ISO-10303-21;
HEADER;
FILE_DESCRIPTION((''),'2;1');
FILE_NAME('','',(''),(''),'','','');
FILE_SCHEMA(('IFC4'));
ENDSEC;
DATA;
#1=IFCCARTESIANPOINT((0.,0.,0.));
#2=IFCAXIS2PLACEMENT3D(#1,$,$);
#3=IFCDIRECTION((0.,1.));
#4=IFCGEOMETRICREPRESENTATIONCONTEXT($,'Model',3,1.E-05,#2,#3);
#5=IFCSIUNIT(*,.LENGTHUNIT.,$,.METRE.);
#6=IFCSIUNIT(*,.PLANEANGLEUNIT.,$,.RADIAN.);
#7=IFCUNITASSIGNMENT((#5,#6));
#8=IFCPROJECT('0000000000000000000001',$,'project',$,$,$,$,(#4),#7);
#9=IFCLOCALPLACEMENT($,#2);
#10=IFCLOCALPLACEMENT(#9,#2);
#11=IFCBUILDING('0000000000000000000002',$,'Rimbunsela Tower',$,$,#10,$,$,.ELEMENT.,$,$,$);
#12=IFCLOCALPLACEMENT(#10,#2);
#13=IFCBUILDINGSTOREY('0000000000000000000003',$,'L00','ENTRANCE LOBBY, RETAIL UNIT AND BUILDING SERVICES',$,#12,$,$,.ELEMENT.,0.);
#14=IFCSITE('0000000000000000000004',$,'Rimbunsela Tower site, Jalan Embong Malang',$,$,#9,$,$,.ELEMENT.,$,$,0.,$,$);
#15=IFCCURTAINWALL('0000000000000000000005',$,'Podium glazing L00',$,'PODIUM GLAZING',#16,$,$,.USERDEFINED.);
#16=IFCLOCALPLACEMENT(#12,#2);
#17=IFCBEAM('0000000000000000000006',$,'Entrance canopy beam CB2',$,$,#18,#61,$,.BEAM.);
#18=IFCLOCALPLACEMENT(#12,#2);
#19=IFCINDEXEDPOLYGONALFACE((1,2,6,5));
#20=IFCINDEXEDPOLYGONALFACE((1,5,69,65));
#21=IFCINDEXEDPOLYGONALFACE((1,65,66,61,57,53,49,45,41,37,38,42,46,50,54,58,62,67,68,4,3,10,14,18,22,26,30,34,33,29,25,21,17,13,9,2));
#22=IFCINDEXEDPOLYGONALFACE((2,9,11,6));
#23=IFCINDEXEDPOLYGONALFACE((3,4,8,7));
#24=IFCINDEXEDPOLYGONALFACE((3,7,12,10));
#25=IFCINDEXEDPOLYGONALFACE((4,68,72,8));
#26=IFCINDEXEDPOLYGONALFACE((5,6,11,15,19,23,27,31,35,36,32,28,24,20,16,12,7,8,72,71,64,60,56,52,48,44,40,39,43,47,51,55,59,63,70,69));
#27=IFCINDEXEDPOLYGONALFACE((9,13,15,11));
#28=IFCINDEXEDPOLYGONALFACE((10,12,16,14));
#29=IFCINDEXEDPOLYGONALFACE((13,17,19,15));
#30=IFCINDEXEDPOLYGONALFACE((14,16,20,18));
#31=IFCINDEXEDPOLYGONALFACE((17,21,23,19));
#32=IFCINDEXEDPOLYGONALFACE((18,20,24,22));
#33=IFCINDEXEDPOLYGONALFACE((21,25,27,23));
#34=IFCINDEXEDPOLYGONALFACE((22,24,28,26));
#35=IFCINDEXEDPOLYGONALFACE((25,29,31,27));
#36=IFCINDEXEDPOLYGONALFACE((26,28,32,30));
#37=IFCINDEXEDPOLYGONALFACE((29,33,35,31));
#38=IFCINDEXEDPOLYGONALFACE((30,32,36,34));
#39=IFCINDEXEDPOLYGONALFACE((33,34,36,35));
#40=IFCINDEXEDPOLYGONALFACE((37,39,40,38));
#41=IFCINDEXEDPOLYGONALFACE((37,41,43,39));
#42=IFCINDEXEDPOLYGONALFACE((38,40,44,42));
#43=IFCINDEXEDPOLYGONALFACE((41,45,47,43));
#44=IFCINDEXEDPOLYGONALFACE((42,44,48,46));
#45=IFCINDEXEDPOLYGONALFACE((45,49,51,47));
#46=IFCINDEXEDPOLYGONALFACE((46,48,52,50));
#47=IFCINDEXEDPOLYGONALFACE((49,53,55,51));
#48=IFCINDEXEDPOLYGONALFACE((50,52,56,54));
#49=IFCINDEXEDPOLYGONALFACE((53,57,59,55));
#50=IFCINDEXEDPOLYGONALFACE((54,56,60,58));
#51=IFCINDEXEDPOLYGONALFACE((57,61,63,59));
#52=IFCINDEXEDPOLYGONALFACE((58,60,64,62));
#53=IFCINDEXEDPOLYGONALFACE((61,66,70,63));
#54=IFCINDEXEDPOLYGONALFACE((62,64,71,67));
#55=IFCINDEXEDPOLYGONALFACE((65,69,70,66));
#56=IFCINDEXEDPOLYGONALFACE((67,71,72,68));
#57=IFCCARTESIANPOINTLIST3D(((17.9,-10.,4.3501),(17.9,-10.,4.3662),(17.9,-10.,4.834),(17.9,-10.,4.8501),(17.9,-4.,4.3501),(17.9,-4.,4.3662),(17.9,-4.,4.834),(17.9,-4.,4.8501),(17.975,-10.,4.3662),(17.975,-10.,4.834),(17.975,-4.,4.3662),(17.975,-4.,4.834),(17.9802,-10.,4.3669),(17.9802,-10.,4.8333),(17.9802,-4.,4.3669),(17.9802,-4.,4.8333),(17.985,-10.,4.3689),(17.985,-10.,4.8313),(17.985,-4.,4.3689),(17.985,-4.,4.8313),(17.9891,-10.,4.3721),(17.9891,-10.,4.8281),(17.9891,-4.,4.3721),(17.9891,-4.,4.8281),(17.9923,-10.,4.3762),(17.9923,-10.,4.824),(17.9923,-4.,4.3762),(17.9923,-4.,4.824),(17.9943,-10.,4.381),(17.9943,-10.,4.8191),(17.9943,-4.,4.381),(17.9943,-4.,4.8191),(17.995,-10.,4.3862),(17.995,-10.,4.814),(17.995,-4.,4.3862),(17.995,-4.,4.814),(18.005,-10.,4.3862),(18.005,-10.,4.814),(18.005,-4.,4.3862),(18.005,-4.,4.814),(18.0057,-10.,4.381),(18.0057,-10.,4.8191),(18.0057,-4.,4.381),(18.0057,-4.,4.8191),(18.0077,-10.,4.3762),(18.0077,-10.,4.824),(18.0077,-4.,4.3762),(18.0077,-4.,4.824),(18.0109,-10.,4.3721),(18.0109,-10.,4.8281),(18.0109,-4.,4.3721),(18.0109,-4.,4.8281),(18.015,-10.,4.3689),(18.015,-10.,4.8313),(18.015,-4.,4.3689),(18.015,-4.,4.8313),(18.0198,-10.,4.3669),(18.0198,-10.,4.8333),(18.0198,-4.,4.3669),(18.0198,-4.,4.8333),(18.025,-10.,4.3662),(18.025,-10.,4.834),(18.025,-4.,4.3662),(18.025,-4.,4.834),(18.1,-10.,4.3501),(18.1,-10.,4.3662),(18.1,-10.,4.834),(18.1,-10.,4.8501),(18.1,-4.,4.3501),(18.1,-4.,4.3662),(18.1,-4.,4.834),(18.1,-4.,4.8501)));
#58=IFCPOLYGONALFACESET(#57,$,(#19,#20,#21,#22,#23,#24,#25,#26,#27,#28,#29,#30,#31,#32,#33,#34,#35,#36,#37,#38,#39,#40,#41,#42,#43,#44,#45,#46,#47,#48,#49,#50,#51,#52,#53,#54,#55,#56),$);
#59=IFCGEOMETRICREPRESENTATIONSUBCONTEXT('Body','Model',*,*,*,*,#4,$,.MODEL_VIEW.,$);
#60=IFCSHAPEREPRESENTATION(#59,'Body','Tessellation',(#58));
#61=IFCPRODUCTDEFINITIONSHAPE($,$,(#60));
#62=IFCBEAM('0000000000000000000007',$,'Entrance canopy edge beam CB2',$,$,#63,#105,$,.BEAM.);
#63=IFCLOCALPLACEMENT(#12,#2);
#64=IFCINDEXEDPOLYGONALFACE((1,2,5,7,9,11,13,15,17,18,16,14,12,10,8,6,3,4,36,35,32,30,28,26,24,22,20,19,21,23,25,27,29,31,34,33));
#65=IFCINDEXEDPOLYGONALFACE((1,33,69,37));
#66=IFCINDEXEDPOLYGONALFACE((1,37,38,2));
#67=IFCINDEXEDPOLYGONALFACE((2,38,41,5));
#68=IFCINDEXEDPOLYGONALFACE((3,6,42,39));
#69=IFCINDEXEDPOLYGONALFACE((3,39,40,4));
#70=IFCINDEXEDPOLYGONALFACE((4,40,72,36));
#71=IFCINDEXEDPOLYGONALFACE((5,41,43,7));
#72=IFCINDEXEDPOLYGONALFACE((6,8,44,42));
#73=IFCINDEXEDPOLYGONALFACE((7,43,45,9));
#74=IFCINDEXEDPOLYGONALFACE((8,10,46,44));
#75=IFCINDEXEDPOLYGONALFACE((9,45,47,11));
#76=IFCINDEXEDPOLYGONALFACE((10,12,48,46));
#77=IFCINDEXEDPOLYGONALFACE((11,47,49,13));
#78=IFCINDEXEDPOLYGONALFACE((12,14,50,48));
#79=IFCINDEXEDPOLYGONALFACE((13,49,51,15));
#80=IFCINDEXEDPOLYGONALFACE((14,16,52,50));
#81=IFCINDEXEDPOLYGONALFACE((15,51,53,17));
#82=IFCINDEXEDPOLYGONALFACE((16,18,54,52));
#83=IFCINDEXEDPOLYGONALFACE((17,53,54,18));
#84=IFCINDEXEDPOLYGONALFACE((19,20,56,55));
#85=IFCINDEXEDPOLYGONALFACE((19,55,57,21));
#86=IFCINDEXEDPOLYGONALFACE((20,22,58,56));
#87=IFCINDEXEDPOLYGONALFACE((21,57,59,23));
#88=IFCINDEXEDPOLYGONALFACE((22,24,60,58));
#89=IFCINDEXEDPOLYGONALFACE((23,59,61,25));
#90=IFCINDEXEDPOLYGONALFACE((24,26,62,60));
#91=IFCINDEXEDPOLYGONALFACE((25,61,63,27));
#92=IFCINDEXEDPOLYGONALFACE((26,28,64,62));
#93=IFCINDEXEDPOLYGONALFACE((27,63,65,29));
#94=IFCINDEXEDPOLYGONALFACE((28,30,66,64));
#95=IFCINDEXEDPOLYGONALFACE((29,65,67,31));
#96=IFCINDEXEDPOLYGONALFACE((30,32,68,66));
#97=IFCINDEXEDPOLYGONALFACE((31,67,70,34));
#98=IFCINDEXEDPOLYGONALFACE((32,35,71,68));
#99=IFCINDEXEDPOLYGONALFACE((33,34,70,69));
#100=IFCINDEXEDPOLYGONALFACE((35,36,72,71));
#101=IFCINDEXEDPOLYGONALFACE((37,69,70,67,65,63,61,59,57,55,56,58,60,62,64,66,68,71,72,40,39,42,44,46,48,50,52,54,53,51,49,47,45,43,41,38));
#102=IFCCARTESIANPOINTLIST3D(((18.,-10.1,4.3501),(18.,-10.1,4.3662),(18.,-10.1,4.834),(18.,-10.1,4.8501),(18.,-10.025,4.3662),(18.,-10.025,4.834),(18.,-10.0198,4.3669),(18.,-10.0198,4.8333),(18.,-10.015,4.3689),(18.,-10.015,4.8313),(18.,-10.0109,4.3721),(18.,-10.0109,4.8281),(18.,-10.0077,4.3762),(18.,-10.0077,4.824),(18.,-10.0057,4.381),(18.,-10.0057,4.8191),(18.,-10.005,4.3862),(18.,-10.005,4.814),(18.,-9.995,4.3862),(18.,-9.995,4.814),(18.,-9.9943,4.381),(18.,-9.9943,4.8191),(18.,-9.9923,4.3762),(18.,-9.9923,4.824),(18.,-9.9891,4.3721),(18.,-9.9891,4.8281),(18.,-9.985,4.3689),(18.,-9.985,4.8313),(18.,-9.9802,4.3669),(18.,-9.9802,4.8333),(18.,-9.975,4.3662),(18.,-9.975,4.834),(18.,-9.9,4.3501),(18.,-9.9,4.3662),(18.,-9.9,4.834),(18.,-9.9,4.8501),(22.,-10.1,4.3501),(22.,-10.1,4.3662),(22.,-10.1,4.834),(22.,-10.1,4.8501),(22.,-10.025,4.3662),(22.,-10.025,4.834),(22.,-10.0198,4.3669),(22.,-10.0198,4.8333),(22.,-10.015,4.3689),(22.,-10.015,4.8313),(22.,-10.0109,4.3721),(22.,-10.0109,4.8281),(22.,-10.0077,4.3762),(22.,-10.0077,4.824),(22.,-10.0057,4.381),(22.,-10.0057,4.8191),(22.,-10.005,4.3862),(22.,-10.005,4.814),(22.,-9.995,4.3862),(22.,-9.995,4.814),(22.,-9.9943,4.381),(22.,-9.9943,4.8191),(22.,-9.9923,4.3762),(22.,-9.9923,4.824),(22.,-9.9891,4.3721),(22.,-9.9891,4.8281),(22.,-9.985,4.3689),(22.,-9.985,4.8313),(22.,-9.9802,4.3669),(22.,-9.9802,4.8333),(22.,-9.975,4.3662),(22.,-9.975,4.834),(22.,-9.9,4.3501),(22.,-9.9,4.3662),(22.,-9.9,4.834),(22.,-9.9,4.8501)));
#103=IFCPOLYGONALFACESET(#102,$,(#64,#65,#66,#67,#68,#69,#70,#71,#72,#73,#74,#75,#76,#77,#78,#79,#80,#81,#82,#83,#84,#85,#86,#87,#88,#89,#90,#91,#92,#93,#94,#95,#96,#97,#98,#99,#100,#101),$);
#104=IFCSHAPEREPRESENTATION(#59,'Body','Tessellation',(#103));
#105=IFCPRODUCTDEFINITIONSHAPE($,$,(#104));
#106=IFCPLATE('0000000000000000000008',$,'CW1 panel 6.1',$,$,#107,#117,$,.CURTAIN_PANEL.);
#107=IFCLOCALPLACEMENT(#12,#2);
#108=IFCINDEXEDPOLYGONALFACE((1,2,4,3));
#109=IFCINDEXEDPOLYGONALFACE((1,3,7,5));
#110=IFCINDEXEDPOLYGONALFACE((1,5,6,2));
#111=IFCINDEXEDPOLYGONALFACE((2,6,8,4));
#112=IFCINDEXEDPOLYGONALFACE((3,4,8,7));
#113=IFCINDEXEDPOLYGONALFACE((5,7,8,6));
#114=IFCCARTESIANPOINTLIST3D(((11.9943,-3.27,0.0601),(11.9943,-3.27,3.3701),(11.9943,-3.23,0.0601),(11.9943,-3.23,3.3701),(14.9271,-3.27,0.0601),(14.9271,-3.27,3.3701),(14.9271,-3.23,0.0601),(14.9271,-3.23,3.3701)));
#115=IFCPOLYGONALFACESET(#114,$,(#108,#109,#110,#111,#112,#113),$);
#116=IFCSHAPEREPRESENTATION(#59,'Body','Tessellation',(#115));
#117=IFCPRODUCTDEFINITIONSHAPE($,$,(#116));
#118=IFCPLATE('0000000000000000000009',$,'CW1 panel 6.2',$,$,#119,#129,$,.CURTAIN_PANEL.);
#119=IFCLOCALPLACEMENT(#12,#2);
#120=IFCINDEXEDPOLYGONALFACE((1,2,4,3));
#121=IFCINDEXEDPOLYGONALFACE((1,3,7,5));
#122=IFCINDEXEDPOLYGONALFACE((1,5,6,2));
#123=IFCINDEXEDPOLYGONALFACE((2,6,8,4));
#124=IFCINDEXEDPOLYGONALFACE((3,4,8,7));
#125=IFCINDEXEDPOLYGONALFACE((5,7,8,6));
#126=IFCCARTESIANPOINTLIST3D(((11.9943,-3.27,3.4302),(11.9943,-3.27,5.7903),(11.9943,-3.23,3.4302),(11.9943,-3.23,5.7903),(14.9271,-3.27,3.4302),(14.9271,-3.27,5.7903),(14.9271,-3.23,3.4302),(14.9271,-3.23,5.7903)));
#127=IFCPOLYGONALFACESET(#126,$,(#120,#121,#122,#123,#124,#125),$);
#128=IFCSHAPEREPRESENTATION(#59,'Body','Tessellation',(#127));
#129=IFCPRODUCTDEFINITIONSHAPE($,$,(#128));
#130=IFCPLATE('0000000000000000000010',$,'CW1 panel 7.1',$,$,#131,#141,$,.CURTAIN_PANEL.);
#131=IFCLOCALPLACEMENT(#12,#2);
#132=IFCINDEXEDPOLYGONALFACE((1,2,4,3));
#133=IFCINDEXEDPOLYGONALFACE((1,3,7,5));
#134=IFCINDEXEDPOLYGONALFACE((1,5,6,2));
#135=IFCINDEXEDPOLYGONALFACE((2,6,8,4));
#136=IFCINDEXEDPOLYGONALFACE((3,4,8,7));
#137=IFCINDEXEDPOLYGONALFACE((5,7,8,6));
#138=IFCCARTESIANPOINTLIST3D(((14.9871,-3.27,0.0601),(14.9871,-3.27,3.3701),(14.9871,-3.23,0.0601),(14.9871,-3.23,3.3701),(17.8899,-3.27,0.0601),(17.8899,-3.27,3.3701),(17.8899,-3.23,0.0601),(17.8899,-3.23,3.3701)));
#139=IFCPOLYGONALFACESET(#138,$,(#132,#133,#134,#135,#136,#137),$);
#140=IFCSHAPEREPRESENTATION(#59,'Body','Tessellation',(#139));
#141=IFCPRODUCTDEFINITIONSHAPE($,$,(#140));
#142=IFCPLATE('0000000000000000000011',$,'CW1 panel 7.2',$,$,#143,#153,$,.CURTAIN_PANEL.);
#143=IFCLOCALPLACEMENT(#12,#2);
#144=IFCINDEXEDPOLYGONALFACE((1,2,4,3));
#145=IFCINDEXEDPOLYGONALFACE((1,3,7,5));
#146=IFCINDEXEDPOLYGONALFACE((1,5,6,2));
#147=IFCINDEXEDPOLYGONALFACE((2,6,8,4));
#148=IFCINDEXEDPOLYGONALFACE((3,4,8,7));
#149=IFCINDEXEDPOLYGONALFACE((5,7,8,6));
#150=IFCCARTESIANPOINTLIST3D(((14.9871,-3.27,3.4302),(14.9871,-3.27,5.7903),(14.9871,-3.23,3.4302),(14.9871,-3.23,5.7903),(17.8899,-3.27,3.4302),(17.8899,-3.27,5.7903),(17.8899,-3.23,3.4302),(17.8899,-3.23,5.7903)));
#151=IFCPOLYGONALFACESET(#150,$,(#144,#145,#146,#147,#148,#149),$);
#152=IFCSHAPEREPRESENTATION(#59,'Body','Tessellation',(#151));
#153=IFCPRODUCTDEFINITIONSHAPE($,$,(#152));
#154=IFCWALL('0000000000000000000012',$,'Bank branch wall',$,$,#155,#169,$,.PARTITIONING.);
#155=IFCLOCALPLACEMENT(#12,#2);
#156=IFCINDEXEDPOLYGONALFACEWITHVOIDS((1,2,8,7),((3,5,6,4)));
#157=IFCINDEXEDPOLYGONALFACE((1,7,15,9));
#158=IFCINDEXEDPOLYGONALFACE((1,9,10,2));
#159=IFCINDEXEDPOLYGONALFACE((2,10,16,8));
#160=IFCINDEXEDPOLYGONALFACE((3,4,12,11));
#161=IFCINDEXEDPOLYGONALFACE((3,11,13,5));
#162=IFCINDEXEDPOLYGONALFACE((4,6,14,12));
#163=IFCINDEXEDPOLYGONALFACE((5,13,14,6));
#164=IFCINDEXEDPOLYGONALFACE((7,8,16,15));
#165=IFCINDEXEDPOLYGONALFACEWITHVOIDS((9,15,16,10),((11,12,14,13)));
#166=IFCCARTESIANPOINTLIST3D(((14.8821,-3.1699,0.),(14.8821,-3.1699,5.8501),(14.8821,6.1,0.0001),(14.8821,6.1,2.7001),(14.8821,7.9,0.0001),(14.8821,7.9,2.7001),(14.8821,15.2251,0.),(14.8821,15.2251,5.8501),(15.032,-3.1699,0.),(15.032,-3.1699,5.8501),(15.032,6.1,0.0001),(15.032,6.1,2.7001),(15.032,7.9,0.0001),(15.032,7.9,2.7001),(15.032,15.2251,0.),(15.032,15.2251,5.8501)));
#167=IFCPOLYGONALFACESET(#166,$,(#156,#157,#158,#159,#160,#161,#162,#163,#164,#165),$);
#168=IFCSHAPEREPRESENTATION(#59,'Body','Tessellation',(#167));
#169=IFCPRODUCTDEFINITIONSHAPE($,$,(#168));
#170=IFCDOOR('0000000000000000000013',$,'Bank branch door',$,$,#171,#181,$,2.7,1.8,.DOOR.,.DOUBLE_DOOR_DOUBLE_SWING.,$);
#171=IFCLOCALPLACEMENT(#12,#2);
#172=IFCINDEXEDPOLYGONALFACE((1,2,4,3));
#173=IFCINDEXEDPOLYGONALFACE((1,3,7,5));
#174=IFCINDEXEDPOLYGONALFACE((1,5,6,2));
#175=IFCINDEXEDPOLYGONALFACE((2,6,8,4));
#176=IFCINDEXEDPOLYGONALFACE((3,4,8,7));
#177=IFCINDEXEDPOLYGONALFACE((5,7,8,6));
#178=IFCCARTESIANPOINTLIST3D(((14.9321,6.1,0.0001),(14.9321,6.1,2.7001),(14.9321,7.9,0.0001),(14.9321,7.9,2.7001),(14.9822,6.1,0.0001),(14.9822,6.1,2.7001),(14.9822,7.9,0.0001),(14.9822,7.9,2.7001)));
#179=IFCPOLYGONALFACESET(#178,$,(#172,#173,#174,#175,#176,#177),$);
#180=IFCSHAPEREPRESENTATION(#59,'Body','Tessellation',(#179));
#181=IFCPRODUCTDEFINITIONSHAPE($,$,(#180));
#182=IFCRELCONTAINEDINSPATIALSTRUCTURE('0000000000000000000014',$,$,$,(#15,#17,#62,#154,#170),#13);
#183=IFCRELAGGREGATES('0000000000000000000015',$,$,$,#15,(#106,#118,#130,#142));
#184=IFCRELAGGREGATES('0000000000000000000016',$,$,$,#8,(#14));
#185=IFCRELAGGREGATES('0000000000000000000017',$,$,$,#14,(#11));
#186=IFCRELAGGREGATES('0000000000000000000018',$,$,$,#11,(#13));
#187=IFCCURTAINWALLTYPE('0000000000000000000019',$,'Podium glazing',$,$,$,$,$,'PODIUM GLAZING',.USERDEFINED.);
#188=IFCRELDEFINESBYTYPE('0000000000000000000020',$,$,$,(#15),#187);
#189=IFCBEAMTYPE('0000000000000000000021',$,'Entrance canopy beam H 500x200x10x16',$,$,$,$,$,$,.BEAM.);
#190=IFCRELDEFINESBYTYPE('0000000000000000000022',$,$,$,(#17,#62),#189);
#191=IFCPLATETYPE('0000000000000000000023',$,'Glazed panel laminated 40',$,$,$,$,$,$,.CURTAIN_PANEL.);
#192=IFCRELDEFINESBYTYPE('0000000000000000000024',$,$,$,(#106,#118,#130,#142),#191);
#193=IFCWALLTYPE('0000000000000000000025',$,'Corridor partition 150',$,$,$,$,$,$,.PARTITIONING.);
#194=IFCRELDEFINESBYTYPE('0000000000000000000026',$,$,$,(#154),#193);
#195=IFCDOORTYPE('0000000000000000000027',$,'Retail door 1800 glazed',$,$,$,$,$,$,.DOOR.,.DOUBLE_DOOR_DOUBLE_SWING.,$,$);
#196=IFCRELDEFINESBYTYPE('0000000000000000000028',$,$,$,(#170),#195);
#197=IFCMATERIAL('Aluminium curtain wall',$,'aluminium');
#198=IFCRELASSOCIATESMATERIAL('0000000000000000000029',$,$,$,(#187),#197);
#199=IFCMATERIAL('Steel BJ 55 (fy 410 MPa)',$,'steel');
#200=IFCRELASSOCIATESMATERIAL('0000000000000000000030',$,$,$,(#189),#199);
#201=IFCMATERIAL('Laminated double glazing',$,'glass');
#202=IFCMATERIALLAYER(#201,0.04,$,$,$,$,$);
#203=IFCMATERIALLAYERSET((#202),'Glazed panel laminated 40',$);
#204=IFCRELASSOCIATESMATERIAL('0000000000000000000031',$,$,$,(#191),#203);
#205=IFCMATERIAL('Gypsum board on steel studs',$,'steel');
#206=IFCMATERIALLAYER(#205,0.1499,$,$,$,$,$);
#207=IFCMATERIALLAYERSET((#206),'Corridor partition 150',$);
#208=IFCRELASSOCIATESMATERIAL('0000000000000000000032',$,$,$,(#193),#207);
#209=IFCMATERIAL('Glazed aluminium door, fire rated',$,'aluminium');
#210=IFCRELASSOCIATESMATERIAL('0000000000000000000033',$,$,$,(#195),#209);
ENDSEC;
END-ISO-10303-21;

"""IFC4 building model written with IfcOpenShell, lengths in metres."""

from ifc_helpers import new_model, si_unit, direction, frame, frame_2d, origin, origin_2d, place, context, subcontext, project, spatial, rectangle, i_section, extrude, material, layer, layer_set, material_profile, profile_set, type_object, element, fill, aggregate, save


model = new_model("IFC4")

# Units and contexts
model_context = context("Model", 3, precision=1e-05, world=origin(), true_north=direction((0.0, 1.0)))
body_context = subcontext(model_context, "Body", "Model", "MODEL_VIEW")
ifc_project = project(units=[si_unit("LENGTHUNIT", "METRE"), si_unit("PLANEANGLEUNIT", "RADIAN")], contexts=[model_context])

# Site, building, storey
site_placement = place(None, origin())
site = spatial("IfcSite", under=ifc_project, at=site_placement, Name="Rimbunsela Tower site, Jalan Embong Malang", CompositionType="ELEMENT", RefElevation=0.0)
building_placement = place(site_placement, origin())
building = spatial("IfcBuilding", under=site, at=building_placement, Name="Rimbunsela Tower", CompositionType="ELEMENT")
storey_placement = place(building_placement, origin())
storey = spatial("IfcBuildingStorey", under=building, at=storey_placement, Name="L00", Description="ENTRANCE LOBBY, RETAIL UNIT AND BUILDING SERVICES", CompositionType="ELEMENT", Elevation=0.0)

# Curtain wall
ifc_material_1 = material(Name="Aluminium curtain wall", Category="aluminium")
curtain_wall_type = type_object("IfcCurtainWallType", Name="Podium glazing", ElementType="PODIUM GLAZING", PredefinedType="USERDEFINED", material=ifc_material_1)
curtain_wall_placement = place(storey_placement, origin())
curtain_wall = element("IfcCurtainWall", 1, at=curtain_wall_placement, inside=storey, type_object=curtain_wall_type, Name="Podium glazing L00", ObjectType="PODIUM GLAZING", PredefinedType="USERDEFINED")

# Beams
ifc_material_2 = material(Name="Steel BJ 55 (fy 410 MPa)", Category="steel")
ifc_material_profile_1 = material_profile(ifc_material_2, i_section(OverallWidth=0.2, OverallDepth=0.5, WebThickness=0.01, FlangeThickness=0.0161, FilletRadius=0.02, at=origin_2d()), Name="H 500x200x10x16")
ifc_profile_set_1 = profile_set([ifc_material_profile_1], Name="Steel BJ 55 (fy 410 MPa)")
beam_type = type_object("IfcBeamType", Name="Entrance canopy beam H 500x200x10x16", PredefinedType="BEAM", material=ifc_profile_set_1)
beam_1_placement = place(storey_placement, frame((18.0, -10.0, 4.6001), z_axis=(0.0, 1.0, 0.0), x_axis=(-1.0, 0.0, 0.0)))
element("IfcBeam", 2, at=beam_1_placement, inside=storey, type_object=beam_type, Name="Entrance canopy beam CB2", PredefinedType="BEAM", context=body_context, shape_type="SweptSolid", body=[
    extrude(i_section(OverallWidth=0.2, OverallDepth=0.5, WebThickness=0.01, FlangeThickness=0.0161, FilletRadius=0.02, at=origin_2d()), origin(), (0.0, 0.0, 1.0), 6.0),
])
beam_2_placement = place(storey_placement, frame((18.0, -10.0, 4.6001), z_axis=(1.0, 0.0, 0.0), x_axis=(0.0, 1.0, 0.0)))
element("IfcBeam", 3, at=beam_2_placement, inside=storey, type_object=beam_type, Name="Entrance canopy edge beam CB2", PredefinedType="BEAM", context=body_context, shape_type="SweptSolid", body=[
    extrude(i_section(OverallWidth=0.2, OverallDepth=0.5, WebThickness=0.01, FlangeThickness=0.0161, FilletRadius=0.02, at=origin_2d()), origin(), (0.0, 0.0, 1.0), 4.0),
])

# Plates
ifc_material_3 = material(Name="Laminated double glazing", Category="glass")
ifc_layer_1 = layer(ifc_material_3, 0.04)
ifc_layer_set_1 = layer_set([ifc_layer_1], Name="Glazed panel laminated 40")
plate_type = type_object("IfcPlateType", Name="Glazed panel laminated 40", PredefinedType="CURTAIN_PANEL", material=ifc_layer_set_1)
plate_1_placement = place(storey_placement, frame((13.4607, -3.25, 0.0601), z_axis=(0.0, 0.0, 1.0), x_axis=(1.0, 0.0, 0.0)))
plate_1 = element("IfcPlate", 4, at=plate_1_placement, type_object=plate_type, Name="CW1 panel 6.1", PredefinedType="CURTAIN_PANEL", context=body_context, shape_type="SweptSolid", body=[
    extrude(rectangle(XDim=2.9329, YDim=0.04, at=origin_2d()), origin(), (0.0, 0.0, 1.0), 3.3101),
])
plate_2_placement = place(storey_placement, frame((13.4607, -3.25, 3.4302), z_axis=(0.0, 0.0, 1.0), x_axis=(1.0, 0.0, 0.0)))
plate_2 = element("IfcPlate", 5, at=plate_2_placement, type_object=plate_type, Name="CW1 panel 6.2", PredefinedType="CURTAIN_PANEL", context=body_context, shape_type="SweptSolid", body=[
    extrude(rectangle(XDim=2.9329, YDim=0.04, at=origin_2d()), origin(), (0.0, 0.0, 1.0), 2.3601),
])
plate_3_placement = place(storey_placement, frame((16.4385, -3.25, 0.0601), z_axis=(0.0, 0.0, 1.0), x_axis=(1.0, 0.0, 0.0)))
plate_3 = element("IfcPlate", 6, at=plate_3_placement, type_object=plate_type, Name="CW1 panel 7.1", PredefinedType="CURTAIN_PANEL", context=body_context, shape_type="SweptSolid", body=[
    extrude(rectangle(XDim=2.9028, YDim=0.04, at=origin_2d()), origin(), (0.0, 0.0, 1.0), 3.3101),
])
plate_4_placement = place(storey_placement, frame((16.4385, -3.25, 3.4302), z_axis=(0.0, 0.0, 1.0), x_axis=(1.0, 0.0, 0.0)))
plate_4 = element("IfcPlate", 7, at=plate_4_placement, type_object=plate_type, Name="CW1 panel 7.2", PredefinedType="CURTAIN_PANEL", context=body_context, shape_type="SweptSolid", body=[
    extrude(rectangle(XDim=2.9028, YDim=0.04, at=origin_2d()), origin(), (0.0, 0.0, 1.0), 2.3601),
])
aggregate(curtain_wall, [plate_1, plate_2, plate_3, plate_4])

# Wall, opening, door
ifc_material_4 = material(Name="Gypsum board on steel studs", Category="steel")
ifc_layer_2 = layer(ifc_material_4, 0.1499)
ifc_layer_set_2 = layer_set([ifc_layer_2], Name="Corridor partition 150")
wall_type = type_object("IfcWallType", Name="Corridor partition 150", PredefinedType="PARTITIONING", material=ifc_layer_set_2)
wall_placement = place(storey_placement, frame((14.957, -3.1699, 0.0), z_axis=(0.0, 0.0, 1.0), x_axis=(0.0, 1.0, 0.0)))
wall = element("IfcWall", 8, at=wall_placement, inside=storey, type_object=wall_type, Name="Bank branch wall", PredefinedType="PARTITIONING", context=body_context, shape_type="SweptSolid", body=[
    extrude(rectangle(XDim=18.395, YDim=0.1499, at=frame_2d((9.1975, 0.0))), origin(), (0.0, 0.0, 1.0), 5.8501),
])
opening_placement = place(wall_placement, frame((9.27, 0.0, 0.0)))
opening = element("IfcOpeningElement", 9, at=opening_placement, cuts=wall, PredefinedType="OPENING", context=body_context, shape_type="SweptSolid", body=[
    extrude(rectangle(XDim=1.8, YDim=2.7, at=frame_2d((0.8999, 1.3501))), frame((0.0, 0.085, 0.0), z_axis=(0.0, -1.0, 0.0), x_axis=(1.0, 0.0, 0.0)), (0.0, 0.0, 1.0), 0.1699),
])
ifc_material_5 = material(Name="Glazed aluminium door, fire rated", Category="aluminium")
door_type = type_object("IfcDoorType", Name="Retail door 1800 glazed", OperationType="DOUBLE_DOOR_DOUBLE_SWING", PredefinedType="DOOR", material=ifc_material_5)
door_placement = place(opening_placement, origin())
door = element("IfcDoor", 10, at=door_placement, inside=storey, type_object=door_type, Name="Bank branch door", OperationType="DOUBLE_DOOR_DOUBLE_SWING", OverallHeight=2.7, OverallWidth=1.8, PredefinedType="DOOR", context=body_context, shape_type="SweptSolid", body=[
    extrude(rectangle(XDim=1.8, YDim=2.7, at=frame_2d((0.8999, 1.3501))), frame((0.0, 0.0249, 0.0), z_axis=(0.0, -1.0, 0.0), x_axis=(1.0, 0.0, 0.0)), (0.0, 0.0, 1.0), 0.05),
])
fill(opening, door)

save(model, "model.ifc")
